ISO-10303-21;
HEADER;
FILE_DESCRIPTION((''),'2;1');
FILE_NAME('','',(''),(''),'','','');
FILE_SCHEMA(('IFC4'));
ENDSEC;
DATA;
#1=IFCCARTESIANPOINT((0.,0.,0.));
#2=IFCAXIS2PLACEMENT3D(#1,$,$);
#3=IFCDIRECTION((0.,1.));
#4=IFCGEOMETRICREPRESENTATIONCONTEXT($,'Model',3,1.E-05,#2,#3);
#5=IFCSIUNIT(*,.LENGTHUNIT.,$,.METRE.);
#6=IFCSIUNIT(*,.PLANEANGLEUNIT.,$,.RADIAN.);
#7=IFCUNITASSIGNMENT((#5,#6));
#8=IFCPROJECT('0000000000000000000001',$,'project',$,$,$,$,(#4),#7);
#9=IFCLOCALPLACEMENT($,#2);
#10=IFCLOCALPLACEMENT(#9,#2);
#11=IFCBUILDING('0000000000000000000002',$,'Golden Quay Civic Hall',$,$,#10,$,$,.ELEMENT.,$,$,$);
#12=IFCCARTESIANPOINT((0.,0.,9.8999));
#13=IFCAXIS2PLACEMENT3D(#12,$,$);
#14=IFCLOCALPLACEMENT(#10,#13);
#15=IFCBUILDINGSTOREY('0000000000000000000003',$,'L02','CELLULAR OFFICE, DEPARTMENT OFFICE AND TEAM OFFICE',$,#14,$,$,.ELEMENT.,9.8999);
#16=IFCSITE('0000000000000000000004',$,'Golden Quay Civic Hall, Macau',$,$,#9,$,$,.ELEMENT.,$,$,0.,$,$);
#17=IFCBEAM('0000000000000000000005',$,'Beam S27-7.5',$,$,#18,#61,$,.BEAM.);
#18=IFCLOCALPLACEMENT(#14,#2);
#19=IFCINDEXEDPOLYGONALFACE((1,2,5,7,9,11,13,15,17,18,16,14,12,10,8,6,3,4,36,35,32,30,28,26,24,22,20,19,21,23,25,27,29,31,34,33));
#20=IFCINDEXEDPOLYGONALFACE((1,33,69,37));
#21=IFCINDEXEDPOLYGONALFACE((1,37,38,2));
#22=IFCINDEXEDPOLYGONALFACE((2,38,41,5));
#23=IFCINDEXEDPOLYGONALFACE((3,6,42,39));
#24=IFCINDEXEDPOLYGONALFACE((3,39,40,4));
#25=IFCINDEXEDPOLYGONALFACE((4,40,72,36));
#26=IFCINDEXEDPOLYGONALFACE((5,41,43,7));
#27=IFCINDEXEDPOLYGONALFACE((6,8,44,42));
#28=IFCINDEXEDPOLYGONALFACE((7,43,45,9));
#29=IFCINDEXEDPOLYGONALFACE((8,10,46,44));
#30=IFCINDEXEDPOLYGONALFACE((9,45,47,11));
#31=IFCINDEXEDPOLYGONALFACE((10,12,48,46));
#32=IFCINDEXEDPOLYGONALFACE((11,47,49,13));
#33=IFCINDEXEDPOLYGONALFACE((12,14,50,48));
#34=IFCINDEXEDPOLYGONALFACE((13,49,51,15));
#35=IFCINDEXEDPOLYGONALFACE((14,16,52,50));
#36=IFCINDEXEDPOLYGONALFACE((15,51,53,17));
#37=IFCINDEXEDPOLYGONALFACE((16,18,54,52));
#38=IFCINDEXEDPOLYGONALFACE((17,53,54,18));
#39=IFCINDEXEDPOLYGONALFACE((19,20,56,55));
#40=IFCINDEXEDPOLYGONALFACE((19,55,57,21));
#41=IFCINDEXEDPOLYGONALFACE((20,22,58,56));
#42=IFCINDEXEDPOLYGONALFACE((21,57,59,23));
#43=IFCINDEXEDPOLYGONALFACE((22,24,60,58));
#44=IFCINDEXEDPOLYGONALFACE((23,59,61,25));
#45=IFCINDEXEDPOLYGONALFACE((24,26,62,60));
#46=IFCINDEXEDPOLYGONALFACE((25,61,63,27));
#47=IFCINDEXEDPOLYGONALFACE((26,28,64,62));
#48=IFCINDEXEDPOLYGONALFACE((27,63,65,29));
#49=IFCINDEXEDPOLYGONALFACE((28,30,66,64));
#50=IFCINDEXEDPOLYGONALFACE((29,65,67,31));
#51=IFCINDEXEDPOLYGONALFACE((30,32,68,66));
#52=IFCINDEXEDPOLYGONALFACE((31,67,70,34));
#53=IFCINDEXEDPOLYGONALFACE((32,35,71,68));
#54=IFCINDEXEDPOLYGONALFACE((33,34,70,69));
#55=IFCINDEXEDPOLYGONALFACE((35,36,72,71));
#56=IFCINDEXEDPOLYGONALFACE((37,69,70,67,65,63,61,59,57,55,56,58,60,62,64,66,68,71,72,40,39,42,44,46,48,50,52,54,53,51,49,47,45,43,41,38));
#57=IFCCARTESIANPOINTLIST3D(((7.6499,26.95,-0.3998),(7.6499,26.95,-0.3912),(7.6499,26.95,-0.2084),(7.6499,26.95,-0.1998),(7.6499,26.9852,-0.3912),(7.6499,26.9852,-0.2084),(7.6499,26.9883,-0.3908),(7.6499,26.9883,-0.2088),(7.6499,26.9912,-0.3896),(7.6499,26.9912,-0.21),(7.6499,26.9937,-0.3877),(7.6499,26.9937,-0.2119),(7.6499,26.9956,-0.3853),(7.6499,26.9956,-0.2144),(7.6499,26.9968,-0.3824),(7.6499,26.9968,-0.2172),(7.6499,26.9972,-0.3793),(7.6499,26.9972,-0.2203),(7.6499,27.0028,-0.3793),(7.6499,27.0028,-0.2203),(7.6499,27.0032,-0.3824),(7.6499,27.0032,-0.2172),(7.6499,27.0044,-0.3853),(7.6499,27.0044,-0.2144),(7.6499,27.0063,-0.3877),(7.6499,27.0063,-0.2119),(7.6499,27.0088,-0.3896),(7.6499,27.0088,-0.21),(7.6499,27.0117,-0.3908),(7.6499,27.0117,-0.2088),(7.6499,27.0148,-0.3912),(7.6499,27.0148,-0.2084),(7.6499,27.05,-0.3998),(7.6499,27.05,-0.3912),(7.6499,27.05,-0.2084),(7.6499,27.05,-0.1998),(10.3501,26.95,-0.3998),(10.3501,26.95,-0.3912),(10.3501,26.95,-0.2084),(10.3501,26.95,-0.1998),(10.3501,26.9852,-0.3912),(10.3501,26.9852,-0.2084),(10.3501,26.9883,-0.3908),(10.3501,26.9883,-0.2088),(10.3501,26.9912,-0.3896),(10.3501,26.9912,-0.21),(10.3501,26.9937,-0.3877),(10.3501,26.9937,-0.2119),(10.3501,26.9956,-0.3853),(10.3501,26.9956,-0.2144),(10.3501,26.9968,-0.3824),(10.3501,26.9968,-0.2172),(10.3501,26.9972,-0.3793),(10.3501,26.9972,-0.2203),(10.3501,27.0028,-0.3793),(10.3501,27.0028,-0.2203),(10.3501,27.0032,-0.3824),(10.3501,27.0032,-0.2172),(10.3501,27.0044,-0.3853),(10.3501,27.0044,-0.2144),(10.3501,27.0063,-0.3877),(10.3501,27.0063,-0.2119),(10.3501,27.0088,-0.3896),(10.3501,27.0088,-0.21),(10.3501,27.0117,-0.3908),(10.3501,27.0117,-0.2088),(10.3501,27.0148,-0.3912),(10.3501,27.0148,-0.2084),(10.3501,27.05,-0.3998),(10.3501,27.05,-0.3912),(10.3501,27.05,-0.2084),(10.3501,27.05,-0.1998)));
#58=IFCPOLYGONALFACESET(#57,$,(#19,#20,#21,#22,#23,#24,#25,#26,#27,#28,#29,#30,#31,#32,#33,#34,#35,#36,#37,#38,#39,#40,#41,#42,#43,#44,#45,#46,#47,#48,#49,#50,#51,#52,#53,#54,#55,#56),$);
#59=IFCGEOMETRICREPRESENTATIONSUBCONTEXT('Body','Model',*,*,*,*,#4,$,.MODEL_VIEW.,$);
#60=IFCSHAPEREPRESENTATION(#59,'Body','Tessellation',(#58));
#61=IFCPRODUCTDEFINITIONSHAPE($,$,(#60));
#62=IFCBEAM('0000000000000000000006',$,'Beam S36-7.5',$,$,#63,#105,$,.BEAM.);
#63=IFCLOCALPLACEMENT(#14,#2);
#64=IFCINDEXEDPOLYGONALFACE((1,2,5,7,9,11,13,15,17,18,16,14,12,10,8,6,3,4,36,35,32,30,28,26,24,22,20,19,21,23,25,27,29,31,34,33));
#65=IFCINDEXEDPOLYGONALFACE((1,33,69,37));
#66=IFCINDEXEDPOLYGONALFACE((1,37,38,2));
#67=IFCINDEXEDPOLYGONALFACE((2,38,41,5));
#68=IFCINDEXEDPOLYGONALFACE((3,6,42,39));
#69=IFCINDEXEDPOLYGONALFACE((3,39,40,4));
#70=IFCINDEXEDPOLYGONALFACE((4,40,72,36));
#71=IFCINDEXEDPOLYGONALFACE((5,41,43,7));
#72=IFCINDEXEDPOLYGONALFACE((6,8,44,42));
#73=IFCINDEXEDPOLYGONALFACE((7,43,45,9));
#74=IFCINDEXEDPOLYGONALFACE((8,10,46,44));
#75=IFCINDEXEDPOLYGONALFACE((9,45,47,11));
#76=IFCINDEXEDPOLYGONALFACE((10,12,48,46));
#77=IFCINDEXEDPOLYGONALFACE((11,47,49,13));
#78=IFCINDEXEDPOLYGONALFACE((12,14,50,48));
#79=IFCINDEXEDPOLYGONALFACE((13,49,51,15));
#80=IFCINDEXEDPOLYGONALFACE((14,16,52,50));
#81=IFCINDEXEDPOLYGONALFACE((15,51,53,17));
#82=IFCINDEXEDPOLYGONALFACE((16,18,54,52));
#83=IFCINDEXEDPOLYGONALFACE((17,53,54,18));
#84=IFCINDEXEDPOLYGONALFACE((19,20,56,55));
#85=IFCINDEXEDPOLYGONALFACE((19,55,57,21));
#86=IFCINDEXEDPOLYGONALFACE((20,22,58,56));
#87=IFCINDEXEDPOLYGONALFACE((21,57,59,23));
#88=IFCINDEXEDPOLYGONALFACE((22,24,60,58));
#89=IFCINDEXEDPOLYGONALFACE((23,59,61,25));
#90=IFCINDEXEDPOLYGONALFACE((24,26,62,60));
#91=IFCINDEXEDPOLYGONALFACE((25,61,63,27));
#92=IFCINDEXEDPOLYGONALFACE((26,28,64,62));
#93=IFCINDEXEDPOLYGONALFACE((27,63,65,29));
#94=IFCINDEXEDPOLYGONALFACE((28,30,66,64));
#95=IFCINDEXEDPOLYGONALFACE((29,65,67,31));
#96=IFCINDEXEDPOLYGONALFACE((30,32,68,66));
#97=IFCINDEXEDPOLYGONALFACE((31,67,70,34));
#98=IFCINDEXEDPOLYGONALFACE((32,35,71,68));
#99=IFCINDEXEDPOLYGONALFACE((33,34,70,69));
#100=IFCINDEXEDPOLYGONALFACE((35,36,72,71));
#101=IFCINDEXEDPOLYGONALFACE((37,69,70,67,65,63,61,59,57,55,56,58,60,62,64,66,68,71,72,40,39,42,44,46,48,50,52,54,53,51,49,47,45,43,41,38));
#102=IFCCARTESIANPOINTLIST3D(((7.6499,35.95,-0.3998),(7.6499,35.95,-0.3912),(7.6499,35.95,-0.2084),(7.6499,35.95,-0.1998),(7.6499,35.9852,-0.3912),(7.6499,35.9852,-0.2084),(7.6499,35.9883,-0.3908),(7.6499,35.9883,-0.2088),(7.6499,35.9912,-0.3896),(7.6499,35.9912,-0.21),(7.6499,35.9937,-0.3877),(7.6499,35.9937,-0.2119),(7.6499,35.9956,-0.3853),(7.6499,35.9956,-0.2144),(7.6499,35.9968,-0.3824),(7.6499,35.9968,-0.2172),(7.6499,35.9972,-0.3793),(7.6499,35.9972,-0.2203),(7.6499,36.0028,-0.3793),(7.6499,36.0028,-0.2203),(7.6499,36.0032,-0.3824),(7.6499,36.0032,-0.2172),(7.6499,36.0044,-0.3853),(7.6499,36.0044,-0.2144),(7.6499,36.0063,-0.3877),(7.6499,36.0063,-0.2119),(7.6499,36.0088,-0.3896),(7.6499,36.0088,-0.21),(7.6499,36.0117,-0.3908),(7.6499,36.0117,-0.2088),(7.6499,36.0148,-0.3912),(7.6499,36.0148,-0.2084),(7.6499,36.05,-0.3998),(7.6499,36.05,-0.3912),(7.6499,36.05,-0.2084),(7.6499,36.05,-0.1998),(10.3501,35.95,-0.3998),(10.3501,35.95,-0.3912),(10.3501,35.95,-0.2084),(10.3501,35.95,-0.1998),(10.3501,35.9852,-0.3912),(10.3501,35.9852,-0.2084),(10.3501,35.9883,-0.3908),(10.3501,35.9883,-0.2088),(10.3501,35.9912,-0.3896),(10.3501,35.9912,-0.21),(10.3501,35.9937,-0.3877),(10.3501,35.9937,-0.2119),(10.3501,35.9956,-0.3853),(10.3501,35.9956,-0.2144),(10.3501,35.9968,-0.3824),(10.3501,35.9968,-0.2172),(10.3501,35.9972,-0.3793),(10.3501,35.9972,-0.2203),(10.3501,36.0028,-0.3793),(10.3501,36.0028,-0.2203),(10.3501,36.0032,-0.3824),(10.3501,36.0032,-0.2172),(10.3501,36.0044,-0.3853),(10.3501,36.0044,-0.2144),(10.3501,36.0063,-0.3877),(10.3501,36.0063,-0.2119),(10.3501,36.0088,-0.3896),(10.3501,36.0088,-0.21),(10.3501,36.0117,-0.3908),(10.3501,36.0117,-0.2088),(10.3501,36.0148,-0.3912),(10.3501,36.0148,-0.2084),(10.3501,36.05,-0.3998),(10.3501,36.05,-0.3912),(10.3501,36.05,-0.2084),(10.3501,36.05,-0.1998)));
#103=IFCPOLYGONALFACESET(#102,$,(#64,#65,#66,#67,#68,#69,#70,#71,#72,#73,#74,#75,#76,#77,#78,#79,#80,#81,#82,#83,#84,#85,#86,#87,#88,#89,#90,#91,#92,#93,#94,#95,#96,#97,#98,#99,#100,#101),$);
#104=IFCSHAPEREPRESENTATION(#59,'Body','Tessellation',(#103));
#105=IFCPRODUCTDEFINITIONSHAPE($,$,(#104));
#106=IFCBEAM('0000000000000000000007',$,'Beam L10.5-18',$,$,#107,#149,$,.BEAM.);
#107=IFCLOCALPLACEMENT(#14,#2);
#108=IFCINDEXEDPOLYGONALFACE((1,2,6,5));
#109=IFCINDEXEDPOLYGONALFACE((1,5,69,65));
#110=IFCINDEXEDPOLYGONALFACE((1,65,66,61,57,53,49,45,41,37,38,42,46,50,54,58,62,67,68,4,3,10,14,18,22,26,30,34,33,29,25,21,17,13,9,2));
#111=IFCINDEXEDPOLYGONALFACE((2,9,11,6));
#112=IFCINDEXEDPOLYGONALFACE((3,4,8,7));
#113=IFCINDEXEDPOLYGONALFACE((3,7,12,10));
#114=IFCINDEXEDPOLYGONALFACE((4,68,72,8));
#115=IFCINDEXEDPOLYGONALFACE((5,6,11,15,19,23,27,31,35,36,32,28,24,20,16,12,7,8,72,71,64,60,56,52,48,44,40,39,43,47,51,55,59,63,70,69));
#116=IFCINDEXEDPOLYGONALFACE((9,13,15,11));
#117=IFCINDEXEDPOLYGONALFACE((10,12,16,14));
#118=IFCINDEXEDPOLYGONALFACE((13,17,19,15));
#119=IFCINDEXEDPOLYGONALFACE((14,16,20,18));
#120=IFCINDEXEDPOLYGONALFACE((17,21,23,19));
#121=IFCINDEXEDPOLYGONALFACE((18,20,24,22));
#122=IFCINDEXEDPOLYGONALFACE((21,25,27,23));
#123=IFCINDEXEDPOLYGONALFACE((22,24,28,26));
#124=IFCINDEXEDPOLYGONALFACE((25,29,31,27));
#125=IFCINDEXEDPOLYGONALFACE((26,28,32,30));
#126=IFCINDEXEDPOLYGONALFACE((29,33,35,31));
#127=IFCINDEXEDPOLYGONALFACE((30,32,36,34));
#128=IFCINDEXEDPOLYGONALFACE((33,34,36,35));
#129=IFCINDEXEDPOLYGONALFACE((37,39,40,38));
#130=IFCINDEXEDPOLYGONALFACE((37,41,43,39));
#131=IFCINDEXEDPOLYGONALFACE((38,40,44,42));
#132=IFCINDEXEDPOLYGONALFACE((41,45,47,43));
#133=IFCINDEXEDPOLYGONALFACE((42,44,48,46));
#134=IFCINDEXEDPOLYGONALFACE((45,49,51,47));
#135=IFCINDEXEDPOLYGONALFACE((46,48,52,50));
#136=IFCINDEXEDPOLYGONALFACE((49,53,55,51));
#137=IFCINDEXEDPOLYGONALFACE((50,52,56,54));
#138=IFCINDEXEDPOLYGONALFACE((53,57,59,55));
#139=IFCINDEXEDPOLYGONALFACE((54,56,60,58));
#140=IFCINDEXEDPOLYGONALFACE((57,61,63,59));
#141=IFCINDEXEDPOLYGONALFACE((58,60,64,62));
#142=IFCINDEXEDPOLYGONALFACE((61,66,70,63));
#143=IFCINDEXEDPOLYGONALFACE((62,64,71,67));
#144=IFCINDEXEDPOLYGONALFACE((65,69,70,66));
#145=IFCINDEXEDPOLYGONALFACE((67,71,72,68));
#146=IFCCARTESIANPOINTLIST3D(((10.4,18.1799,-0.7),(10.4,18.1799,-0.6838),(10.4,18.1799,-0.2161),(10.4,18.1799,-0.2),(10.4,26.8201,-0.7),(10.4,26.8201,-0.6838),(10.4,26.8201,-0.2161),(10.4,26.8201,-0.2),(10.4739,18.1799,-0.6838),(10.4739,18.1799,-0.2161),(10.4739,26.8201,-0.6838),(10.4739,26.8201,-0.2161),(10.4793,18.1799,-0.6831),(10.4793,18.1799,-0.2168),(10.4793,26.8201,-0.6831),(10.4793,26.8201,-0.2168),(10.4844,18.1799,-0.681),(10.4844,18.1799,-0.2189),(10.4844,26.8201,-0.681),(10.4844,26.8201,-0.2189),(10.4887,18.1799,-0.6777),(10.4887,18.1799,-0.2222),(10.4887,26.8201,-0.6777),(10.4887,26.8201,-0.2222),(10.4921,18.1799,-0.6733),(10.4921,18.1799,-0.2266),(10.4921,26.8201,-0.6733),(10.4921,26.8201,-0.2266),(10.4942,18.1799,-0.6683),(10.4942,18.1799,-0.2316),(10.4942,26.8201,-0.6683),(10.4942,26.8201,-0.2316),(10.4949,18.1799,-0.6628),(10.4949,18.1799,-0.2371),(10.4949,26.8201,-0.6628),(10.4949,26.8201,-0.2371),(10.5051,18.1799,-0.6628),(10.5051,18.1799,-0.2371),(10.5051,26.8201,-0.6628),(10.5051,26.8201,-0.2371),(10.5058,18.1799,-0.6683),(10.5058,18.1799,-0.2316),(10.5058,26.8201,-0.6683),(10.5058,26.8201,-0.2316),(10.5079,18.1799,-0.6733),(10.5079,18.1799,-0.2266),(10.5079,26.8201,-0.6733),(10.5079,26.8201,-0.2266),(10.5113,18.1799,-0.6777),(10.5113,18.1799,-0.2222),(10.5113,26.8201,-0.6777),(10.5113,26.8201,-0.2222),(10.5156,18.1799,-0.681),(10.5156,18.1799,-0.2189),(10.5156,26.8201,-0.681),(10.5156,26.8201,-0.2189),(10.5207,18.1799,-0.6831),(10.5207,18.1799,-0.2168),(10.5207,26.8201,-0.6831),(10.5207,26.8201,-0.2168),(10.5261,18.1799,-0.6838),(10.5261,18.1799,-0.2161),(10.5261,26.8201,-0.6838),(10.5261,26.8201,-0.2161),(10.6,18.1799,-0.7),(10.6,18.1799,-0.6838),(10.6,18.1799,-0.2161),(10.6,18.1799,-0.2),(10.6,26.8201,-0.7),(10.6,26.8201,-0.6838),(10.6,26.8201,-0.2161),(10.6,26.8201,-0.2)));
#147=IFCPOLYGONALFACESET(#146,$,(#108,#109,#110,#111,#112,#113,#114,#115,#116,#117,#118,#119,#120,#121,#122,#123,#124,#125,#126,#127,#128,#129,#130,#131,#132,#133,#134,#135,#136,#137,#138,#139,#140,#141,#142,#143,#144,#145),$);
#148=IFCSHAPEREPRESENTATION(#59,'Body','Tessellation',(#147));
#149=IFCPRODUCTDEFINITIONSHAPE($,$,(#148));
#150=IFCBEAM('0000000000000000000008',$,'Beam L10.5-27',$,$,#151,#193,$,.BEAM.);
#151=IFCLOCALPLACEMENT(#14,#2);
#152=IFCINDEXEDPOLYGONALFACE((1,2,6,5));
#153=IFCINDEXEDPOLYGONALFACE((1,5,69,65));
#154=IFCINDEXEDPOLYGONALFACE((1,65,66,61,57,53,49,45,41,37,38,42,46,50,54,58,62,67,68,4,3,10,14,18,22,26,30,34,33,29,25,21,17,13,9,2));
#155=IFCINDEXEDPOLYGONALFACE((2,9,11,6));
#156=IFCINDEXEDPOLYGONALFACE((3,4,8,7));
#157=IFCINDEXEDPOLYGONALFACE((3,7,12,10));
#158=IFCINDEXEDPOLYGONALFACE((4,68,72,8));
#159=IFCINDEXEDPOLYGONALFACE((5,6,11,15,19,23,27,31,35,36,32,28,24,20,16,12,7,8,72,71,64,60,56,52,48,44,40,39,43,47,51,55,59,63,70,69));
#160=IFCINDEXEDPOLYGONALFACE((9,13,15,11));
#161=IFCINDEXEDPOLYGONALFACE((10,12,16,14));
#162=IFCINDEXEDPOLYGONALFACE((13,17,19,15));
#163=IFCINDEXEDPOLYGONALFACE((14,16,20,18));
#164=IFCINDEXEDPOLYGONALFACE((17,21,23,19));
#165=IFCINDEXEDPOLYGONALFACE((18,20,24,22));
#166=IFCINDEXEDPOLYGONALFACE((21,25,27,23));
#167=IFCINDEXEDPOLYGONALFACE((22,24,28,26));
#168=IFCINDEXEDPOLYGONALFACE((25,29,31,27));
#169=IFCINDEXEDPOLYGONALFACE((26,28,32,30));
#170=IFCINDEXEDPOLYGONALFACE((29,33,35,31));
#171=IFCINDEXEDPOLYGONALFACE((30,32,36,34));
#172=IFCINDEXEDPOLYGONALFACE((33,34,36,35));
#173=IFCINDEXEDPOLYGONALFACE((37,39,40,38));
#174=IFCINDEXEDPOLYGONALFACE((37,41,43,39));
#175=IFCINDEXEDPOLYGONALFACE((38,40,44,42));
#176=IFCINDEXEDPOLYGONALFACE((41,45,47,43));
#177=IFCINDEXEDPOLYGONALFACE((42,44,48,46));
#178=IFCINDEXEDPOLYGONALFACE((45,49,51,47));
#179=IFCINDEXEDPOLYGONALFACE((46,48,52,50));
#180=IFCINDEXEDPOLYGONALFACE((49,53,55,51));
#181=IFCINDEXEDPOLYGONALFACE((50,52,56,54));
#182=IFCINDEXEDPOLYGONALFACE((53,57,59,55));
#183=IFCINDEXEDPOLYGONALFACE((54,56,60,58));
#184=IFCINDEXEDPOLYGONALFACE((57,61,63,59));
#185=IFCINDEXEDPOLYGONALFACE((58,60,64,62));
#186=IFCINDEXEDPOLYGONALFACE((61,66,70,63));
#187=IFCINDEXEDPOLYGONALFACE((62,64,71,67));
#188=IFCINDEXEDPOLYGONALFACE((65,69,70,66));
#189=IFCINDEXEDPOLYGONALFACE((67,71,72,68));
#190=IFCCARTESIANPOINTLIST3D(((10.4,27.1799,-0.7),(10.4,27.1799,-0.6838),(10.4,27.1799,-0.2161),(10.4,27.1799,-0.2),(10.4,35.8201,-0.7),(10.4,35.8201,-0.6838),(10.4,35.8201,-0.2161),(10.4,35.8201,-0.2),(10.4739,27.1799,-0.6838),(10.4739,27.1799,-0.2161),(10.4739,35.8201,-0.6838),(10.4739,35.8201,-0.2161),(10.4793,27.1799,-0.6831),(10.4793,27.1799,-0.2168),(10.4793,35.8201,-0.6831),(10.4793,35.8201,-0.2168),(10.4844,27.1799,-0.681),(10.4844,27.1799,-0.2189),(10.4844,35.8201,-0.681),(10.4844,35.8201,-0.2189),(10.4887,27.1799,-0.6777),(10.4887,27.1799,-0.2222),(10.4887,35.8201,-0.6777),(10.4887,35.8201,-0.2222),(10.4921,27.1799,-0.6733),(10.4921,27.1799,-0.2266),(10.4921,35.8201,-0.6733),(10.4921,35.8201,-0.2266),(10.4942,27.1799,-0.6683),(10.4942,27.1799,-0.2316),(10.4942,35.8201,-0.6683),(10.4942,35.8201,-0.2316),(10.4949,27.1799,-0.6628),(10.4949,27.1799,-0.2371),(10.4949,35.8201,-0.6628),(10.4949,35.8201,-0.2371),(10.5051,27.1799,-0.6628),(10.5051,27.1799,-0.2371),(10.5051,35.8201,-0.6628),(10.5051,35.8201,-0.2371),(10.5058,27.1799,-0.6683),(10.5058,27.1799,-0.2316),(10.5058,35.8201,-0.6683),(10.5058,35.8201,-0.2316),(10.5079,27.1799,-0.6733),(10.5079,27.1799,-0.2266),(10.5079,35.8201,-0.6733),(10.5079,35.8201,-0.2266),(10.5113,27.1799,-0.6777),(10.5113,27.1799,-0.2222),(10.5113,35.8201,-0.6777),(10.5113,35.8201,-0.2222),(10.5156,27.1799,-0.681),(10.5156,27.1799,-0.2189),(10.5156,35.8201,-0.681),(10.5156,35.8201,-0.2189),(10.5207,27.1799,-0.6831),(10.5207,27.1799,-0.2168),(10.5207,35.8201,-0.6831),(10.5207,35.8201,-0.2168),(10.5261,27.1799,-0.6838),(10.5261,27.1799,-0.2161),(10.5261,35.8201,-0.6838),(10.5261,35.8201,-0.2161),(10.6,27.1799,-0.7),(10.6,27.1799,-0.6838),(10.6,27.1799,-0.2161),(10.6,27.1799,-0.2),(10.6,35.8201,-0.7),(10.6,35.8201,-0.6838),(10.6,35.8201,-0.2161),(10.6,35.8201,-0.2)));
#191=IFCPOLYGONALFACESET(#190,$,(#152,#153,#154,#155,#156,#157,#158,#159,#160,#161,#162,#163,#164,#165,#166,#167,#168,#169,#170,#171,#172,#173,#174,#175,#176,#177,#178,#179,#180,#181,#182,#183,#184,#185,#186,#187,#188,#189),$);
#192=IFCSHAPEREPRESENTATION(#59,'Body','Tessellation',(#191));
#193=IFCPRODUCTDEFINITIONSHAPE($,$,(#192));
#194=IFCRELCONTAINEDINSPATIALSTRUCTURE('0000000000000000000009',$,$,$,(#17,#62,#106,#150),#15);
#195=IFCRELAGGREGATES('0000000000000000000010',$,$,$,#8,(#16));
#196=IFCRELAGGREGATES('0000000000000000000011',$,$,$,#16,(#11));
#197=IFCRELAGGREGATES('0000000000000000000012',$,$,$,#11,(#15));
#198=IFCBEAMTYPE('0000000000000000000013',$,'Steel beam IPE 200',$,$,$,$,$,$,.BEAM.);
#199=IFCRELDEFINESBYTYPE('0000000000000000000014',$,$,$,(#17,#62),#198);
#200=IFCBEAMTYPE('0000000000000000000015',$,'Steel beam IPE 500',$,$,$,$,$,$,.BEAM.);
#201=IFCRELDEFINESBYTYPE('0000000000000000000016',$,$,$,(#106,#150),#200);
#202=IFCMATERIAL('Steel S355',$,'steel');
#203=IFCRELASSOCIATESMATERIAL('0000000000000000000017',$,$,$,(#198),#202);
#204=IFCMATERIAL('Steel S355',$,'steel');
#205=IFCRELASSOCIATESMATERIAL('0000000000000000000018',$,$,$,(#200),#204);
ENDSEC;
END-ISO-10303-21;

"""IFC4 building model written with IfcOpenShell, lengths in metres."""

from ifc_helpers import new_model, si_unit, direction, frame, origin, origin_2d, place, context, subcontext, project, spatial, i_section, extrude, material, material_profile, profile_set, type_object, element, save


model = new_model("IFC4")

# Units and contexts
model_context = context("Model", 3, precision=1e-05, world=origin(), true_north=direction((0.0, 1.0)))
body_context = subcontext(model_context, "Body", "Model", "MODEL_VIEW")
ifc_project = project(units=[si_unit("LENGTHUNIT", "METRE"), si_unit("PLANEANGLEUNIT", "RADIAN")], contexts=[model_context])

# Site, building, storey
site_placement = place(None, origin())
site = spatial("IfcSite", under=ifc_project, at=site_placement, Name="Golden Quay Civic Hall, Macau", CompositionType="ELEMENT", RefElevation=0.0)
building_placement = place(site_placement, origin())
building = spatial("IfcBuilding", under=site, at=building_placement, Name="Golden Quay Civic Hall", CompositionType="ELEMENT")
storey_placement = place(building_placement, frame((0.0, 0.0, 9.8999)))
storey = spatial("IfcBuildingStorey", under=building, at=storey_placement, Name="L02", Description="CELLULAR OFFICE, DEPARTMENT OFFICE AND TEAM OFFICE", CompositionType="ELEMENT", Elevation=9.8999)

# Beams
ifc_material_1 = material(Name="Steel S355", Category="steel")
ifc_material_profile_1 = material_profile(ifc_material_1, i_section(OverallWidth=0.1001, OverallDepth=0.2, WebThickness=0.0056, FlangeThickness=0.0085, FilletRadius=0.012, at=origin_2d()), Name="IPE 200")
ifc_profile_set_1 = profile_set([ifc_material_profile_1], Name="Steel S355")
beam_type_1 = type_object("IfcBeamType", Name="Steel beam IPE 200", PredefinedType="BEAM", material=ifc_profile_set_1)
for number, where, z_axis, x_axis, name in (
    (1, (7.6499, 27.0, -0.2998), (1.0, 0.0, 0.0), (0.0, 1.0, 0.0), "Beam S27-7.5"),
    (2, (7.6499, 36.0, -0.2998), (1.0, 0.0, 0.0), (0.0, 1.0, 0.0), "Beam S36-7.5"),
):
    element("IfcBeam", number, at=place(storey_placement, frame(where, z_axis=z_axis, x_axis=x_axis)), inside=storey, type_object=beam_type_1, Name=name, PredefinedType="BEAM", context=body_context, shape_type="SweptSolid", body=[
        extrude(i_section(OverallWidth=0.1001, OverallDepth=0.2, WebThickness=0.0056, FlangeThickness=0.0085, FilletRadius=0.012, at=origin_2d()), origin(), (0.0, 0.0, 1.0), 2.7002),
    ])
ifc_material_2 = material(Name="Steel S355", Category="steel")
ifc_material_profile_2 = material_profile(ifc_material_2, i_section(OverallWidth=0.2, OverallDepth=0.5, WebThickness=0.0103, FlangeThickness=0.0161, FilletRadius=0.021, at=origin_2d()), Name="IPE 500")
ifc_profile_set_2 = profile_set([ifc_material_profile_2], Name="Steel S355")
beam_type_2 = type_object("IfcBeamType", Name="Steel beam IPE 500", PredefinedType="BEAM", material=ifc_profile_set_2)
for number, where, z_axis, x_axis, name in (
    (3, (10.5, 18.1799, -0.45), (0.0, 1.0, 0.0), (-1.0, 0.0, 0.0), "Beam L10.5-18"),
    (4, (10.5, 27.1799, -0.45), (0.0, 1.0, 0.0), (-1.0, 0.0, 0.0), "Beam L10.5-27"),
):
    element("IfcBeam", number, at=place(storey_placement, frame(where, z_axis=z_axis, x_axis=x_axis)), inside=storey, type_object=beam_type_2, Name=name, PredefinedType="BEAM", context=body_context, shape_type="SweptSolid", body=[
        extrude(i_section(OverallWidth=0.2, OverallDepth=0.5, WebThickness=0.0103, FlangeThickness=0.0161, FilletRadius=0.021, at=origin_2d()), origin(), (0.0, 0.0, 1.0), 8.6401),
    ])

save(model, "model.ifc")
